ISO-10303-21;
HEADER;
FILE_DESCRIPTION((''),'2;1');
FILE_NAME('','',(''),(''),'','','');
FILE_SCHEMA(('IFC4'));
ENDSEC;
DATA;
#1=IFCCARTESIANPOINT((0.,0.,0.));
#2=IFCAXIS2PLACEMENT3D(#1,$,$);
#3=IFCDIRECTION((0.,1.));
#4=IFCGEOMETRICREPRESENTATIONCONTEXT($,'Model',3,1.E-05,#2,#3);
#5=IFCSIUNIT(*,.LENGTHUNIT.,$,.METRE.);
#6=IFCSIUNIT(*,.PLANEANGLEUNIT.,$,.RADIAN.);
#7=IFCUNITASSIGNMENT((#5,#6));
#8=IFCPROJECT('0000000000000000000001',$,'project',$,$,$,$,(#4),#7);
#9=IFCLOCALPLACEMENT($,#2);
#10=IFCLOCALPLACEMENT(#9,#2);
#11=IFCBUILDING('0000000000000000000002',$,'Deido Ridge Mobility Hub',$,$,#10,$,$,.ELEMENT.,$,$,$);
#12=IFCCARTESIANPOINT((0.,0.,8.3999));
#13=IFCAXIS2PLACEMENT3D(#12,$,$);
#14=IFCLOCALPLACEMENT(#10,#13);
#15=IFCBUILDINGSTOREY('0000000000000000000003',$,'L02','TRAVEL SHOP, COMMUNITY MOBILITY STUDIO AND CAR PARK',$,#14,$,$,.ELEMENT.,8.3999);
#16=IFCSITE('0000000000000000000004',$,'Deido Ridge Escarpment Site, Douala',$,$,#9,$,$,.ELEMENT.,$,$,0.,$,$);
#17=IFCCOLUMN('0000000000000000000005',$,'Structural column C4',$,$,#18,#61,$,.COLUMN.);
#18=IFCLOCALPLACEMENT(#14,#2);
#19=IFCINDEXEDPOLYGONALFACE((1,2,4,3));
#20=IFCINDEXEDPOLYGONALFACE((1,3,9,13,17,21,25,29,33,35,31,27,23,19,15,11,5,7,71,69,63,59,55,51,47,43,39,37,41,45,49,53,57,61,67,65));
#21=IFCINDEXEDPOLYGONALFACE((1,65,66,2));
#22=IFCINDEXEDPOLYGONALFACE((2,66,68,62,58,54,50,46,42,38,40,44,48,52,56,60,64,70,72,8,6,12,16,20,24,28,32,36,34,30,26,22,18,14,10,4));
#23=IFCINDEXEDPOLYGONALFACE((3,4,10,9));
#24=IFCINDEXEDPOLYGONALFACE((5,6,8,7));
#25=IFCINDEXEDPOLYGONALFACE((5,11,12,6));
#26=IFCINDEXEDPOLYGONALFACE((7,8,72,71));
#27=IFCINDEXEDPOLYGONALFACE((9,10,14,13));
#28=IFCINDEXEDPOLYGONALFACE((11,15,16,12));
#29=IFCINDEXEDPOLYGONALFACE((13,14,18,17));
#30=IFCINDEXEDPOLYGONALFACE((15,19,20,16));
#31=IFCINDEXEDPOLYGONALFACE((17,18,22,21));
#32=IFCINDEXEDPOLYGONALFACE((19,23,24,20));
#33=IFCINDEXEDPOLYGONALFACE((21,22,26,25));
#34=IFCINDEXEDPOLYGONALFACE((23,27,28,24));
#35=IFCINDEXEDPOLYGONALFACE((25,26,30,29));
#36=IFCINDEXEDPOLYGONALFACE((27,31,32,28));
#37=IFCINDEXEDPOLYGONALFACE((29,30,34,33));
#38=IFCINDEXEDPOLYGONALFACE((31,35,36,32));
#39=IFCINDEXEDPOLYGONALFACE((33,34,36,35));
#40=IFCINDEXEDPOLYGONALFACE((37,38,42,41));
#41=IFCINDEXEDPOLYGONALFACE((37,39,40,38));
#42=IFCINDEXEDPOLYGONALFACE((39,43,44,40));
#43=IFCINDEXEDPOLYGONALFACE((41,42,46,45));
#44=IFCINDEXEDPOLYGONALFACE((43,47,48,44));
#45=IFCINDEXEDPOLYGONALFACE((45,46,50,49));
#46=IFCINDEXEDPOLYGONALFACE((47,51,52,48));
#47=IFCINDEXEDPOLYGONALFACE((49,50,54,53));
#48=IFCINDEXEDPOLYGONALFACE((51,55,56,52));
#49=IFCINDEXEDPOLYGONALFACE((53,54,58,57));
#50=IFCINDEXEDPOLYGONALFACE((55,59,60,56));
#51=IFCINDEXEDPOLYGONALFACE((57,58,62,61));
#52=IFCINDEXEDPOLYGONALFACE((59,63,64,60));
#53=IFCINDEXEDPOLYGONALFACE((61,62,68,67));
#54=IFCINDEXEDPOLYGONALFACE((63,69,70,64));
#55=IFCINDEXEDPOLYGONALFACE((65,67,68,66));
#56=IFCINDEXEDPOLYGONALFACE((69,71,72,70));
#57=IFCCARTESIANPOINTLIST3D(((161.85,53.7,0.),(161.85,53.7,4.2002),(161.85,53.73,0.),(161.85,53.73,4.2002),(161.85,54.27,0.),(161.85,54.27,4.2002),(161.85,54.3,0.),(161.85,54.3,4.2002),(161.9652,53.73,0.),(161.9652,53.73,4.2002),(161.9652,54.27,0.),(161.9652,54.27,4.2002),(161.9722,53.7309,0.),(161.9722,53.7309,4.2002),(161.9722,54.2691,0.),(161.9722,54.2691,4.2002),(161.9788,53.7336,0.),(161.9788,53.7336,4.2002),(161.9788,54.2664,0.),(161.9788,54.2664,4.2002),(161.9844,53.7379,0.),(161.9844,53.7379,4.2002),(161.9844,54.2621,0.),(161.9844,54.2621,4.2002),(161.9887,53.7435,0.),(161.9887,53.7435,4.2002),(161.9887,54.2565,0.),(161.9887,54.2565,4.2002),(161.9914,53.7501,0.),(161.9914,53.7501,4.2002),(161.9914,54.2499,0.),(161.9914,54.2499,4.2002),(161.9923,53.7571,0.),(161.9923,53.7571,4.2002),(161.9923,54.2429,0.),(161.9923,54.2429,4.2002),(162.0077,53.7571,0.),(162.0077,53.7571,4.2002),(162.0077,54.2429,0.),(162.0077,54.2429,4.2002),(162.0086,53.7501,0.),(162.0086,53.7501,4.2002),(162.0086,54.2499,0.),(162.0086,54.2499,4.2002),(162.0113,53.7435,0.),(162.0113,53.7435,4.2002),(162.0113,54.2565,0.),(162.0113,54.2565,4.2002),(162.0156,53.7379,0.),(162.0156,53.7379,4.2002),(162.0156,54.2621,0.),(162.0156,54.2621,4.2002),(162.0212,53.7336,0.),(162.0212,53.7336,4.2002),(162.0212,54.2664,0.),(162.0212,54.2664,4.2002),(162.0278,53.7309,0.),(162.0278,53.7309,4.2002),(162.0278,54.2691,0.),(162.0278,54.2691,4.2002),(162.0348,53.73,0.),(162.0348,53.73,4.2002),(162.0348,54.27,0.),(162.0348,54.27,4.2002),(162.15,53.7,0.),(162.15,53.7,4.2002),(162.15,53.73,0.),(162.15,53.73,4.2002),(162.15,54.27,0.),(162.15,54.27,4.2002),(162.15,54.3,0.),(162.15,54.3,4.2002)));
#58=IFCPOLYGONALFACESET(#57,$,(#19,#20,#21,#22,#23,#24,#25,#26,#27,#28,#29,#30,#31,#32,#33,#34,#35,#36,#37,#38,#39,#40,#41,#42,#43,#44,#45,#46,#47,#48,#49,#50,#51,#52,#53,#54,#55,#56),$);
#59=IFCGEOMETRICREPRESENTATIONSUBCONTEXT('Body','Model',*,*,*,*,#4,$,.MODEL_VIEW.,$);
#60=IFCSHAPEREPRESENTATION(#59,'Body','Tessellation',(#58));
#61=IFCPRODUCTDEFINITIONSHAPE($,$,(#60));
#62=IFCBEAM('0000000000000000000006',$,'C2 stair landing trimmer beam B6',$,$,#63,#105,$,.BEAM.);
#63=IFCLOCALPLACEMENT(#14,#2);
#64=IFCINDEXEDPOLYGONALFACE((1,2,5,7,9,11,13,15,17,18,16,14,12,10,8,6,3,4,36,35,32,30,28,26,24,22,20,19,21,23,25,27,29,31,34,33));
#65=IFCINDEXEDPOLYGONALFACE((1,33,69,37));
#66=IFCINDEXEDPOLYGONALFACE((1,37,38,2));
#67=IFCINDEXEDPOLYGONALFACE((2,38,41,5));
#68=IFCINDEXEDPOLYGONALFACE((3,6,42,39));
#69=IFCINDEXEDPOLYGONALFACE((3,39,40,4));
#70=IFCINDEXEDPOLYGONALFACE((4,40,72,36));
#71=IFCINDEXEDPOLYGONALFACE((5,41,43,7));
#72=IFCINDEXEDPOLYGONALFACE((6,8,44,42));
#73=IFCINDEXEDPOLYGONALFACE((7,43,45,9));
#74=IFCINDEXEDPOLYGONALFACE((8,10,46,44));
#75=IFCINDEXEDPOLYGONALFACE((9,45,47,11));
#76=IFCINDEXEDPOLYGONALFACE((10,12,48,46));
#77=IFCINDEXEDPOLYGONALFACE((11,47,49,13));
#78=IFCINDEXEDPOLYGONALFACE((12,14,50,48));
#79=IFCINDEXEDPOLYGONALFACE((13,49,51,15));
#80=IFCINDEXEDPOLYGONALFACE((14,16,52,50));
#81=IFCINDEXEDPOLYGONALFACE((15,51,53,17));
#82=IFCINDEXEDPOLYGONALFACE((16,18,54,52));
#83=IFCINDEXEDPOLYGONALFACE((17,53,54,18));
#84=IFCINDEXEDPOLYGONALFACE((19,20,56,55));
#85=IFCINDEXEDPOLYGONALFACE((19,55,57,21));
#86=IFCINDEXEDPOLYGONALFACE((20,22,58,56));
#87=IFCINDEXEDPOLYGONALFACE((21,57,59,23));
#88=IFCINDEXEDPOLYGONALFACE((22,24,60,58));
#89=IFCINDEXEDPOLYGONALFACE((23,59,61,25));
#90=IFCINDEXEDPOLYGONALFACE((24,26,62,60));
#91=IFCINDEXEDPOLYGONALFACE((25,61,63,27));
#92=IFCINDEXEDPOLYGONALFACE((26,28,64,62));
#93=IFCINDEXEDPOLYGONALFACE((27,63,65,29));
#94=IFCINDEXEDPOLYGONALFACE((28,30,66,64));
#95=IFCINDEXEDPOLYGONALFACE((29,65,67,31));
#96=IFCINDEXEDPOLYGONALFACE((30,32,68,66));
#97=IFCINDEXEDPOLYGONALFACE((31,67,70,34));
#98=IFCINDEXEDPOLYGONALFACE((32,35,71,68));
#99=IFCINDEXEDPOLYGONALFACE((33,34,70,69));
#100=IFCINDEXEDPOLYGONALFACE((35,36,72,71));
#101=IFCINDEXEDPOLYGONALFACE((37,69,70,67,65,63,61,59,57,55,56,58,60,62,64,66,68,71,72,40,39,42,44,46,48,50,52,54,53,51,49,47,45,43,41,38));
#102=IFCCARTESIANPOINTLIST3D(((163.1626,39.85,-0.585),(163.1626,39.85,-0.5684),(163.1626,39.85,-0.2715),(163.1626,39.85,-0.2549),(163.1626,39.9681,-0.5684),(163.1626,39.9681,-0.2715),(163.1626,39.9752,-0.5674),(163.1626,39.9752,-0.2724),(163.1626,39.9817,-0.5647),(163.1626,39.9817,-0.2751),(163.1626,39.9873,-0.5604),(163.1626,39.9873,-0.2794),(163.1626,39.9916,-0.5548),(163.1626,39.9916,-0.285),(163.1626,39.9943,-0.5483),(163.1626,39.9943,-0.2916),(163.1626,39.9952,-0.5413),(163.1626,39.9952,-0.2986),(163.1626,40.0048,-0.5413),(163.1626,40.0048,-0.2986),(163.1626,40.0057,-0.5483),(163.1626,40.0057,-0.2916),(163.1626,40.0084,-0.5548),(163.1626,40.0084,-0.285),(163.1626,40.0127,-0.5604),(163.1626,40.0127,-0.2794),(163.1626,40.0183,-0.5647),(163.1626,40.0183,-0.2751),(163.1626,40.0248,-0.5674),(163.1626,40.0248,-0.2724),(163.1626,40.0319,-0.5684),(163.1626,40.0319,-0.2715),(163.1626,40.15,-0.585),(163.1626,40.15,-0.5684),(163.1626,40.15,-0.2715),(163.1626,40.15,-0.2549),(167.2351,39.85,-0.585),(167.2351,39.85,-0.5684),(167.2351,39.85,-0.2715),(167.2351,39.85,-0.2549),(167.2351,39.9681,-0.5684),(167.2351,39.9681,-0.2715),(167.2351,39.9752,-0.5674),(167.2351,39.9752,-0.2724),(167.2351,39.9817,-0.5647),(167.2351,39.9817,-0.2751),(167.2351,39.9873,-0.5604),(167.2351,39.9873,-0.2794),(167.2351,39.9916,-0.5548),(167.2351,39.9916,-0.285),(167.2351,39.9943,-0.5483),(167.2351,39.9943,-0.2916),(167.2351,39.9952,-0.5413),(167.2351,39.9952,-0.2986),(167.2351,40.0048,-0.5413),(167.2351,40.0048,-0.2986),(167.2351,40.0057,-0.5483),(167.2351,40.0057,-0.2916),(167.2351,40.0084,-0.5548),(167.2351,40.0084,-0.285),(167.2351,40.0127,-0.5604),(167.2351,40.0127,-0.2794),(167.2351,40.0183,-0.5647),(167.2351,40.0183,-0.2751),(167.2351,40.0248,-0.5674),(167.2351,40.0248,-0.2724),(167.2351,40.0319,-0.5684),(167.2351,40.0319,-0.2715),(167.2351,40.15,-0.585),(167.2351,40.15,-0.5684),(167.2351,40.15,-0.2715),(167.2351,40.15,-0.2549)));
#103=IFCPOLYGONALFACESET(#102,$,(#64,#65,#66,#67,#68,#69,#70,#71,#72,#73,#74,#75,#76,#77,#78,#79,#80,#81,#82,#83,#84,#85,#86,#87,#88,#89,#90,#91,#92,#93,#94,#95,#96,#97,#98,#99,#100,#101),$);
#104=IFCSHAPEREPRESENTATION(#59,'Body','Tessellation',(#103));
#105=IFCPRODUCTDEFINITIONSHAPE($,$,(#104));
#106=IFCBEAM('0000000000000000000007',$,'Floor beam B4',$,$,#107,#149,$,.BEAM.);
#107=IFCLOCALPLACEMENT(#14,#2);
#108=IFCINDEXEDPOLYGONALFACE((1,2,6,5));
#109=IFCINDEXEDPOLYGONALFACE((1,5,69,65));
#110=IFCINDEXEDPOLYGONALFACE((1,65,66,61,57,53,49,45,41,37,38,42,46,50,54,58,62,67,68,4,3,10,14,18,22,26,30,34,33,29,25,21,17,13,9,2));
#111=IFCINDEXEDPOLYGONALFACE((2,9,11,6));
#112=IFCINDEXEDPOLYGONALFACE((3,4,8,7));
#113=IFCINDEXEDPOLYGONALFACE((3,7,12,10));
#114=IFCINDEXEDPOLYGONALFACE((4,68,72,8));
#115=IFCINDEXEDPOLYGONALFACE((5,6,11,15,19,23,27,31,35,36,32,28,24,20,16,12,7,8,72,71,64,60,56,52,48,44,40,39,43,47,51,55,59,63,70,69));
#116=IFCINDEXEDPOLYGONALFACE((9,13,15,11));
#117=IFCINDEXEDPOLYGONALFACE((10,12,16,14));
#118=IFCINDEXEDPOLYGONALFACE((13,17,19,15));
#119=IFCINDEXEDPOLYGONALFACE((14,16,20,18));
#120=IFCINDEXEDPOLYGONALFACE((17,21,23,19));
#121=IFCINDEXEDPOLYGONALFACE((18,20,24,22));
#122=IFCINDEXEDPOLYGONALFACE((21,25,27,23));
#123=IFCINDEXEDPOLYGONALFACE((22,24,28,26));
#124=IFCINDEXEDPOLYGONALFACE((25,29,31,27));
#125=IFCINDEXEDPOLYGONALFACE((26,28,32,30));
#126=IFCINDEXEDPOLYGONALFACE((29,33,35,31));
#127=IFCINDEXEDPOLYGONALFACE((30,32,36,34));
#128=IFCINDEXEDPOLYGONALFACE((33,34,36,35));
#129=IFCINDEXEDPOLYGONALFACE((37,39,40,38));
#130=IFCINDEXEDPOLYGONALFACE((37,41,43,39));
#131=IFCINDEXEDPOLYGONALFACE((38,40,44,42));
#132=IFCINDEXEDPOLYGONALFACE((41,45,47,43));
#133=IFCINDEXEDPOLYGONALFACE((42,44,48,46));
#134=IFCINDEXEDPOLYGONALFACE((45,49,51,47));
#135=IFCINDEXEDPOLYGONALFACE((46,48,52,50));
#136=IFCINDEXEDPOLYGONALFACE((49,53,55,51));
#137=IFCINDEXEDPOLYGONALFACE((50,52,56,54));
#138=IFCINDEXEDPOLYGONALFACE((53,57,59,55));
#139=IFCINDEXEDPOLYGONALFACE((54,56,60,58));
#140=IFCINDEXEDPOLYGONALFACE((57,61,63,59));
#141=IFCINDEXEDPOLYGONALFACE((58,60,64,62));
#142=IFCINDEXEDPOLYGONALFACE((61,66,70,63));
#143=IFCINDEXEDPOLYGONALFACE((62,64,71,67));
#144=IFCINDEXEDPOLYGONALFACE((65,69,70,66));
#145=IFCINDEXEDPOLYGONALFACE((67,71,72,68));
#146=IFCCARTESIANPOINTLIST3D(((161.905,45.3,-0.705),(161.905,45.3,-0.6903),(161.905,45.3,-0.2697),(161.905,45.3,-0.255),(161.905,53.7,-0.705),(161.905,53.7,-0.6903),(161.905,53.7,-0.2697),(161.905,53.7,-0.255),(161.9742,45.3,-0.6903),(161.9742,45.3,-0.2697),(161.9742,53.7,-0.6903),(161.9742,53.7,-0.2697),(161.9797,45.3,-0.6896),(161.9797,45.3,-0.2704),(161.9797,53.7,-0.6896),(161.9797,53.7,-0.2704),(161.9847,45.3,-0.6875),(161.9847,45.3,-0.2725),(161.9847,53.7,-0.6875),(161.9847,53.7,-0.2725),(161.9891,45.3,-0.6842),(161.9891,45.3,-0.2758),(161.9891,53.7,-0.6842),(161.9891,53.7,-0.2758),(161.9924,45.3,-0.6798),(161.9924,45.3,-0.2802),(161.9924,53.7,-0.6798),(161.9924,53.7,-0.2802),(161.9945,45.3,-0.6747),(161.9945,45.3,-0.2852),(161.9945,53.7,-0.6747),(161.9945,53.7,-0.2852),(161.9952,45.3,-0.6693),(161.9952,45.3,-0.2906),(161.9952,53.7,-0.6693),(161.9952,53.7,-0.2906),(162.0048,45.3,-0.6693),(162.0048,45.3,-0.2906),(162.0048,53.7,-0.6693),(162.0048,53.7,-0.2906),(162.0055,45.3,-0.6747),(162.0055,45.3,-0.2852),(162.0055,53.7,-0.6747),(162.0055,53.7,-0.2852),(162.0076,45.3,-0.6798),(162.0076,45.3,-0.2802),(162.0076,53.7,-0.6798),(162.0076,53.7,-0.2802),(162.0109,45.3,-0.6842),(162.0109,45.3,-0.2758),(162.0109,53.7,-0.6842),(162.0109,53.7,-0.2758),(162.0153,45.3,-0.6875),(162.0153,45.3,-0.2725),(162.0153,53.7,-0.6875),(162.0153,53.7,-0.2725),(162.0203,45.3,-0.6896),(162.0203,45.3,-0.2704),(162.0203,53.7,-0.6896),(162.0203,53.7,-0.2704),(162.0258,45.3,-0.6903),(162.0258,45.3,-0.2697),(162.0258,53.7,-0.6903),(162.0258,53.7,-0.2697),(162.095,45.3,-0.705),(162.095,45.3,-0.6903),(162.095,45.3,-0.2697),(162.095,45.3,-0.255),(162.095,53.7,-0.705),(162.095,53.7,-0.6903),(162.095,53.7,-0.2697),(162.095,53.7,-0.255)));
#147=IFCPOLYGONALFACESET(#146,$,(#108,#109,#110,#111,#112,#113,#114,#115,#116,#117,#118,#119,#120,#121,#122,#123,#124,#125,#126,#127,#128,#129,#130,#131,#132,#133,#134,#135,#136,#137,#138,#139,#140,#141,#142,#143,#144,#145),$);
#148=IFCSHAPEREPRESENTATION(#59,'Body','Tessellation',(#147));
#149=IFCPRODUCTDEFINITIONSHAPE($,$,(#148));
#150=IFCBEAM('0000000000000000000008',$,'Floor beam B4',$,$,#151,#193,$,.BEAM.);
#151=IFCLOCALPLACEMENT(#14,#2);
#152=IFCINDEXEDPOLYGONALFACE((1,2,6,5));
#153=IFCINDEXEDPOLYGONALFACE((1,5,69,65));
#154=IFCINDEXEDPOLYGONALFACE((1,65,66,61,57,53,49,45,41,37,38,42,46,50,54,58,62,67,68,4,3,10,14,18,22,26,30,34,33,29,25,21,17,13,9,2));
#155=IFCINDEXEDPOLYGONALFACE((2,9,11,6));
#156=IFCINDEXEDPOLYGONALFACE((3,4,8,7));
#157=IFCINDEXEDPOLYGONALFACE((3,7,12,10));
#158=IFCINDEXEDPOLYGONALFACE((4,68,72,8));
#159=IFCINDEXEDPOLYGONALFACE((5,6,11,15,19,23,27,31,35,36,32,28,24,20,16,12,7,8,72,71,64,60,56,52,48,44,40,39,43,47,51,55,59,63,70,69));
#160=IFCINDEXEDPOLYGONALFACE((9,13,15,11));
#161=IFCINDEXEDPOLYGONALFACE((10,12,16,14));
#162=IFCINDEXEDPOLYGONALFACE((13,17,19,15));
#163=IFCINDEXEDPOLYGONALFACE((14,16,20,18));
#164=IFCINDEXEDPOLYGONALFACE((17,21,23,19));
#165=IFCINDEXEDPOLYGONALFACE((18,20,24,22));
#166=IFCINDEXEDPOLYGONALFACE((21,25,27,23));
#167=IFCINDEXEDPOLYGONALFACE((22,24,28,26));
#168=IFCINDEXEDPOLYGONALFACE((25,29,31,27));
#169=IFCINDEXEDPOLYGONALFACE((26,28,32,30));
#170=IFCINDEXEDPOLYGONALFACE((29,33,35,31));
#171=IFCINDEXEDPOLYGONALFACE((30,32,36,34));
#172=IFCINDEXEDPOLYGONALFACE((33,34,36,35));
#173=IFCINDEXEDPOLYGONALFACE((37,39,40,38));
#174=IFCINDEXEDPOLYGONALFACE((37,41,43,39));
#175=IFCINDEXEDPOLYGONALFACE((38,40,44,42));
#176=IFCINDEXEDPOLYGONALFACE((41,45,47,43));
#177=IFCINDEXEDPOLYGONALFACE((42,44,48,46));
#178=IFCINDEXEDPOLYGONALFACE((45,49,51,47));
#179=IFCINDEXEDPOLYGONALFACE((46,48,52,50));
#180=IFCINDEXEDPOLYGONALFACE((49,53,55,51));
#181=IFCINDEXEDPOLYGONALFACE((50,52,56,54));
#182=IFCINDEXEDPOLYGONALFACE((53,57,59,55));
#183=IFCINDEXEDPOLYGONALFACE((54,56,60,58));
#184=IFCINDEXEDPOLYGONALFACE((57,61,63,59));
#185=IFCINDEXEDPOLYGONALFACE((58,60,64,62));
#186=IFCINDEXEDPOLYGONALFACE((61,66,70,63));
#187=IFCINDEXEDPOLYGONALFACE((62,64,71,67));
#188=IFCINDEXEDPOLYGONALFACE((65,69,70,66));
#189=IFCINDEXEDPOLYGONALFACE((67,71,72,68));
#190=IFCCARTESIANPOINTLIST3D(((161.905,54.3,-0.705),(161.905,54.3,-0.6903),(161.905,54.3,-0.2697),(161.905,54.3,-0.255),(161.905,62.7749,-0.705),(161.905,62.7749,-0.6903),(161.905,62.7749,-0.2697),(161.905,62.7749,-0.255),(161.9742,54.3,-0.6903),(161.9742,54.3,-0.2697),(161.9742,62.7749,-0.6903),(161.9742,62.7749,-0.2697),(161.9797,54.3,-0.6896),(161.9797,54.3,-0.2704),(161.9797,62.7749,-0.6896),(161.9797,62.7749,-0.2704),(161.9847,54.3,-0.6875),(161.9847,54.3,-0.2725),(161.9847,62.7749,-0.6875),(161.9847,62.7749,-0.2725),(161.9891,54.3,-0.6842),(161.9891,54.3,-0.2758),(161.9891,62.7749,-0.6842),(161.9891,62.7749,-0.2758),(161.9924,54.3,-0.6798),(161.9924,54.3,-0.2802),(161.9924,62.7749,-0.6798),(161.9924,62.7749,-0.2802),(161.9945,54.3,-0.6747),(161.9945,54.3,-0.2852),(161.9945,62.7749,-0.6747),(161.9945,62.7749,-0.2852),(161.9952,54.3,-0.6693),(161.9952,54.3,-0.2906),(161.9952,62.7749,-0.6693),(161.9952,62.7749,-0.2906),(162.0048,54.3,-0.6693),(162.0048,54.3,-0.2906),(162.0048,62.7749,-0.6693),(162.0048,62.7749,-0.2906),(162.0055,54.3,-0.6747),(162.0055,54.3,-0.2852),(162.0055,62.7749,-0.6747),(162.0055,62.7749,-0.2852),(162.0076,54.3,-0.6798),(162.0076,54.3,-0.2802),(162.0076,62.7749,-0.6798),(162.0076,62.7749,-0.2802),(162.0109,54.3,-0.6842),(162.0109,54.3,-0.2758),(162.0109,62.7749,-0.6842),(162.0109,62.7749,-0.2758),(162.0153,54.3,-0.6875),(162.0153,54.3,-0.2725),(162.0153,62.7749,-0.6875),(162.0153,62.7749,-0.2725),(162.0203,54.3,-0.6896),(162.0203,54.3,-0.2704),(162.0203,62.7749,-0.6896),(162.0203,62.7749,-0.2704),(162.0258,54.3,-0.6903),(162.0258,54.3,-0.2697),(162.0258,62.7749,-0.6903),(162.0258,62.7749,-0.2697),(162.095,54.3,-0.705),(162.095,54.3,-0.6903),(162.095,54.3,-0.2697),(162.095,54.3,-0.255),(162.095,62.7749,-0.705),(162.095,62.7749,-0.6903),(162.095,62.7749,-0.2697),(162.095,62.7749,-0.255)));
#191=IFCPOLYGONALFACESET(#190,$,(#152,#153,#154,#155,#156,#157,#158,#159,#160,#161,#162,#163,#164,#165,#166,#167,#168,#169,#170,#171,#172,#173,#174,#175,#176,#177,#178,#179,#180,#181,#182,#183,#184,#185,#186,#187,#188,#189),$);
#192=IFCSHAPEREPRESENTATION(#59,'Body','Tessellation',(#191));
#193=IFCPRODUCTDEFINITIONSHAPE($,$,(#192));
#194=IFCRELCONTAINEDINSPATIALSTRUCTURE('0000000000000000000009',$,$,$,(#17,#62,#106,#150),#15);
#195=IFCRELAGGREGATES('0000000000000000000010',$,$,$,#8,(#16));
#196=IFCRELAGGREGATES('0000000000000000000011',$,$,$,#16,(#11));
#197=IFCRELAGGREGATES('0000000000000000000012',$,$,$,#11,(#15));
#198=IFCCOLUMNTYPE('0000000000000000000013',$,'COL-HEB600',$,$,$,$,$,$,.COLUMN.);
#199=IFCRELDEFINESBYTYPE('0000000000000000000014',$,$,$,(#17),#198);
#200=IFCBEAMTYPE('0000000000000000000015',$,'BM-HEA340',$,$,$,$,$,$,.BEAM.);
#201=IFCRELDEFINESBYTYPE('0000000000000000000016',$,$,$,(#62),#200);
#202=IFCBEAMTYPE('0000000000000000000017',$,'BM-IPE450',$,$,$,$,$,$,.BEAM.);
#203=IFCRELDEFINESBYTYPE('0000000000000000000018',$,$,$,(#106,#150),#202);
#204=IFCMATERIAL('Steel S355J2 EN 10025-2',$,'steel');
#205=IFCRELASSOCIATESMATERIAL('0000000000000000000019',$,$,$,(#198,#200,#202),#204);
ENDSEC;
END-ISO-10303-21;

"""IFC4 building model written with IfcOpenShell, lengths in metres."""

from ifc_helpers import new_model, si_unit, direction, frame, origin, origin_2d, place, context, subcontext, project, spatial, i_section, extrude, material, material_profile, profile_set, type_object, element, save


model = new_model("IFC4")

# Units and contexts
model_context = context("Model", 3, precision=1e-05, world=origin(), true_north=direction((0.0, 1.0)))
body_context = subcontext(model_context, "Body", "Model", "MODEL_VIEW")
ifc_project = project(units=[si_unit("LENGTHUNIT", "METRE"), si_unit("PLANEANGLEUNIT", "RADIAN")], contexts=[model_context])

# Site, building, storey
site_placement = place(None, origin())
site = spatial("IfcSite", under=ifc_project, at=site_placement, Name="Deido Ridge Escarpment Site, Douala", CompositionType="ELEMENT", RefElevation=0.0)
building_placement = place(site_placement, origin())
building = spatial("IfcBuilding", under=site, at=building_placement, Name="Deido Ridge Mobility Hub", CompositionType="ELEMENT")
storey_placement = place(building_placement, frame((0.0, 0.0, 8.3999)))
storey = spatial("IfcBuildingStorey", under=building, at=storey_placement, Name="L02", Description="TRAVEL SHOP, COMMUNITY MOBILITY STUDIO AND CAR PARK", CompositionType="ELEMENT", Elevation=8.3999)

# Column
ifc_material_1 = material(Name="Steel S355J2 EN 10025-2", Category="steel")
ifc_material_profile_1 = material_profile(ifc_material_1, i_section(OverallWidth=0.3, OverallDepth=0.6001, WebThickness=0.0154, FlangeThickness=0.03, FilletRadius=0.0271, at=origin_2d()), Name="HEB 600")
ifc_profile_set_1 = profile_set([ifc_material_profile_1], Name="Steel S355J2 EN 10025-2")
column_type = type_object("IfcColumnType", Name="COL-HEB600", PredefinedType="COLUMN", material=ifc_profile_set_1)
column_placement = place(storey_placement, frame((162.0, 54.0, 0.0), z_axis=(0.0, 0.0, 1.0), x_axis=(1.0, 0.0, 0.0)))
element("IfcColumn", 1, at=column_placement, inside=storey, type_object=column_type, Name="Structural column C4", PredefinedType="COLUMN", context=body_context, shape_type="SweptSolid", body=[
    extrude(i_section(OverallWidth=0.3, OverallDepth=0.6001, WebThickness=0.0154, FlangeThickness=0.03, FilletRadius=0.0271, at=origin_2d()), origin(), (0.0, 0.0, 1.0), 4.2002),
])

# Beams
ifc_material_profile_2 = material_profile(ifc_material_1, i_section(OverallWidth=0.3, OverallDepth=0.3301, WebThickness=0.0095, FlangeThickness=0.0166, FilletRadius=0.0271, at=origin_2d()), Name="HEA 340")
ifc_profile_set_2 = profile_set([ifc_material_profile_2], Name="Steel S355J2 EN 10025-2")
beam_type_1 = type_object("IfcBeamType", Name="BM-HEA340", PredefinedType="BEAM", material=ifc_profile_set_2)
beam_1_placement = place(storey_placement, frame((163.1626, 40.0, -0.4199), z_axis=(1.0, 0.0, 0.0), x_axis=(0.0, 1.0, 0.0)))
element("IfcBeam", 2, at=beam_1_placement, inside=storey, type_object=beam_type_1, Name="C2 stair landing trimmer beam B6", PredefinedType="BEAM", context=body_context, shape_type="SweptSolid", body=[
    extrude(i_section(OverallWidth=0.3, OverallDepth=0.3301, WebThickness=0.0095, FlangeThickness=0.0166, FilletRadius=0.0271, at=origin_2d()), origin(), (0.0, 0.0, 1.0), 4.0725),
])
ifc_material_profile_3 = material_profile(ifc_material_1, i_section(OverallWidth=0.1899, OverallDepth=0.45, WebThickness=0.0095, FlangeThickness=0.0146, FilletRadius=0.021, at=origin_2d()), Name="IPE 450")
ifc_profile_set_3 = profile_set([ifc_material_profile_3], Name="Steel S355J2 EN 10025-2")
beam_type_2 = type_object("IfcBeamType", Name="BM-IPE450", PredefinedType="BEAM", material=ifc_profile_set_3)
beam_2_placement = place(storey_placement, frame((162.0, 45.3, -0.48), z_axis=(0.0, 1.0, 0.0), x_axis=(-1.0, 0.0, 0.0)))
element("IfcBeam", 3, at=beam_2_placement, inside=storey, type_object=beam_type_2, Name="Floor beam B4", PredefinedType="BEAM", context=body_context, shape_type="SweptSolid", body=[
    extrude(i_section(OverallWidth=0.1899, OverallDepth=0.45, WebThickness=0.0095, FlangeThickness=0.0146, FilletRadius=0.021, at=origin_2d()), origin(), (0.0, 0.0, 1.0), 8.3999),
])
beam_3_placement = place(storey_placement, frame((162.0, 54.3, -0.48), z_axis=(0.0, 1.0, 0.0), x_axis=(-1.0, 0.0, 0.0)))
element("IfcBeam", 4, at=beam_3_placement, inside=storey, type_object=beam_type_2, Name="Floor beam B4", PredefinedType="BEAM", context=body_context, shape_type="SweptSolid", body=[
    extrude(i_section(OverallWidth=0.1899, OverallDepth=0.45, WebThickness=0.0095, FlangeThickness=0.0146, FilletRadius=0.021, at=origin_2d()), origin(), (0.0, 0.0, 1.0), 8.4749),
])

save(model, "model.ifc")
